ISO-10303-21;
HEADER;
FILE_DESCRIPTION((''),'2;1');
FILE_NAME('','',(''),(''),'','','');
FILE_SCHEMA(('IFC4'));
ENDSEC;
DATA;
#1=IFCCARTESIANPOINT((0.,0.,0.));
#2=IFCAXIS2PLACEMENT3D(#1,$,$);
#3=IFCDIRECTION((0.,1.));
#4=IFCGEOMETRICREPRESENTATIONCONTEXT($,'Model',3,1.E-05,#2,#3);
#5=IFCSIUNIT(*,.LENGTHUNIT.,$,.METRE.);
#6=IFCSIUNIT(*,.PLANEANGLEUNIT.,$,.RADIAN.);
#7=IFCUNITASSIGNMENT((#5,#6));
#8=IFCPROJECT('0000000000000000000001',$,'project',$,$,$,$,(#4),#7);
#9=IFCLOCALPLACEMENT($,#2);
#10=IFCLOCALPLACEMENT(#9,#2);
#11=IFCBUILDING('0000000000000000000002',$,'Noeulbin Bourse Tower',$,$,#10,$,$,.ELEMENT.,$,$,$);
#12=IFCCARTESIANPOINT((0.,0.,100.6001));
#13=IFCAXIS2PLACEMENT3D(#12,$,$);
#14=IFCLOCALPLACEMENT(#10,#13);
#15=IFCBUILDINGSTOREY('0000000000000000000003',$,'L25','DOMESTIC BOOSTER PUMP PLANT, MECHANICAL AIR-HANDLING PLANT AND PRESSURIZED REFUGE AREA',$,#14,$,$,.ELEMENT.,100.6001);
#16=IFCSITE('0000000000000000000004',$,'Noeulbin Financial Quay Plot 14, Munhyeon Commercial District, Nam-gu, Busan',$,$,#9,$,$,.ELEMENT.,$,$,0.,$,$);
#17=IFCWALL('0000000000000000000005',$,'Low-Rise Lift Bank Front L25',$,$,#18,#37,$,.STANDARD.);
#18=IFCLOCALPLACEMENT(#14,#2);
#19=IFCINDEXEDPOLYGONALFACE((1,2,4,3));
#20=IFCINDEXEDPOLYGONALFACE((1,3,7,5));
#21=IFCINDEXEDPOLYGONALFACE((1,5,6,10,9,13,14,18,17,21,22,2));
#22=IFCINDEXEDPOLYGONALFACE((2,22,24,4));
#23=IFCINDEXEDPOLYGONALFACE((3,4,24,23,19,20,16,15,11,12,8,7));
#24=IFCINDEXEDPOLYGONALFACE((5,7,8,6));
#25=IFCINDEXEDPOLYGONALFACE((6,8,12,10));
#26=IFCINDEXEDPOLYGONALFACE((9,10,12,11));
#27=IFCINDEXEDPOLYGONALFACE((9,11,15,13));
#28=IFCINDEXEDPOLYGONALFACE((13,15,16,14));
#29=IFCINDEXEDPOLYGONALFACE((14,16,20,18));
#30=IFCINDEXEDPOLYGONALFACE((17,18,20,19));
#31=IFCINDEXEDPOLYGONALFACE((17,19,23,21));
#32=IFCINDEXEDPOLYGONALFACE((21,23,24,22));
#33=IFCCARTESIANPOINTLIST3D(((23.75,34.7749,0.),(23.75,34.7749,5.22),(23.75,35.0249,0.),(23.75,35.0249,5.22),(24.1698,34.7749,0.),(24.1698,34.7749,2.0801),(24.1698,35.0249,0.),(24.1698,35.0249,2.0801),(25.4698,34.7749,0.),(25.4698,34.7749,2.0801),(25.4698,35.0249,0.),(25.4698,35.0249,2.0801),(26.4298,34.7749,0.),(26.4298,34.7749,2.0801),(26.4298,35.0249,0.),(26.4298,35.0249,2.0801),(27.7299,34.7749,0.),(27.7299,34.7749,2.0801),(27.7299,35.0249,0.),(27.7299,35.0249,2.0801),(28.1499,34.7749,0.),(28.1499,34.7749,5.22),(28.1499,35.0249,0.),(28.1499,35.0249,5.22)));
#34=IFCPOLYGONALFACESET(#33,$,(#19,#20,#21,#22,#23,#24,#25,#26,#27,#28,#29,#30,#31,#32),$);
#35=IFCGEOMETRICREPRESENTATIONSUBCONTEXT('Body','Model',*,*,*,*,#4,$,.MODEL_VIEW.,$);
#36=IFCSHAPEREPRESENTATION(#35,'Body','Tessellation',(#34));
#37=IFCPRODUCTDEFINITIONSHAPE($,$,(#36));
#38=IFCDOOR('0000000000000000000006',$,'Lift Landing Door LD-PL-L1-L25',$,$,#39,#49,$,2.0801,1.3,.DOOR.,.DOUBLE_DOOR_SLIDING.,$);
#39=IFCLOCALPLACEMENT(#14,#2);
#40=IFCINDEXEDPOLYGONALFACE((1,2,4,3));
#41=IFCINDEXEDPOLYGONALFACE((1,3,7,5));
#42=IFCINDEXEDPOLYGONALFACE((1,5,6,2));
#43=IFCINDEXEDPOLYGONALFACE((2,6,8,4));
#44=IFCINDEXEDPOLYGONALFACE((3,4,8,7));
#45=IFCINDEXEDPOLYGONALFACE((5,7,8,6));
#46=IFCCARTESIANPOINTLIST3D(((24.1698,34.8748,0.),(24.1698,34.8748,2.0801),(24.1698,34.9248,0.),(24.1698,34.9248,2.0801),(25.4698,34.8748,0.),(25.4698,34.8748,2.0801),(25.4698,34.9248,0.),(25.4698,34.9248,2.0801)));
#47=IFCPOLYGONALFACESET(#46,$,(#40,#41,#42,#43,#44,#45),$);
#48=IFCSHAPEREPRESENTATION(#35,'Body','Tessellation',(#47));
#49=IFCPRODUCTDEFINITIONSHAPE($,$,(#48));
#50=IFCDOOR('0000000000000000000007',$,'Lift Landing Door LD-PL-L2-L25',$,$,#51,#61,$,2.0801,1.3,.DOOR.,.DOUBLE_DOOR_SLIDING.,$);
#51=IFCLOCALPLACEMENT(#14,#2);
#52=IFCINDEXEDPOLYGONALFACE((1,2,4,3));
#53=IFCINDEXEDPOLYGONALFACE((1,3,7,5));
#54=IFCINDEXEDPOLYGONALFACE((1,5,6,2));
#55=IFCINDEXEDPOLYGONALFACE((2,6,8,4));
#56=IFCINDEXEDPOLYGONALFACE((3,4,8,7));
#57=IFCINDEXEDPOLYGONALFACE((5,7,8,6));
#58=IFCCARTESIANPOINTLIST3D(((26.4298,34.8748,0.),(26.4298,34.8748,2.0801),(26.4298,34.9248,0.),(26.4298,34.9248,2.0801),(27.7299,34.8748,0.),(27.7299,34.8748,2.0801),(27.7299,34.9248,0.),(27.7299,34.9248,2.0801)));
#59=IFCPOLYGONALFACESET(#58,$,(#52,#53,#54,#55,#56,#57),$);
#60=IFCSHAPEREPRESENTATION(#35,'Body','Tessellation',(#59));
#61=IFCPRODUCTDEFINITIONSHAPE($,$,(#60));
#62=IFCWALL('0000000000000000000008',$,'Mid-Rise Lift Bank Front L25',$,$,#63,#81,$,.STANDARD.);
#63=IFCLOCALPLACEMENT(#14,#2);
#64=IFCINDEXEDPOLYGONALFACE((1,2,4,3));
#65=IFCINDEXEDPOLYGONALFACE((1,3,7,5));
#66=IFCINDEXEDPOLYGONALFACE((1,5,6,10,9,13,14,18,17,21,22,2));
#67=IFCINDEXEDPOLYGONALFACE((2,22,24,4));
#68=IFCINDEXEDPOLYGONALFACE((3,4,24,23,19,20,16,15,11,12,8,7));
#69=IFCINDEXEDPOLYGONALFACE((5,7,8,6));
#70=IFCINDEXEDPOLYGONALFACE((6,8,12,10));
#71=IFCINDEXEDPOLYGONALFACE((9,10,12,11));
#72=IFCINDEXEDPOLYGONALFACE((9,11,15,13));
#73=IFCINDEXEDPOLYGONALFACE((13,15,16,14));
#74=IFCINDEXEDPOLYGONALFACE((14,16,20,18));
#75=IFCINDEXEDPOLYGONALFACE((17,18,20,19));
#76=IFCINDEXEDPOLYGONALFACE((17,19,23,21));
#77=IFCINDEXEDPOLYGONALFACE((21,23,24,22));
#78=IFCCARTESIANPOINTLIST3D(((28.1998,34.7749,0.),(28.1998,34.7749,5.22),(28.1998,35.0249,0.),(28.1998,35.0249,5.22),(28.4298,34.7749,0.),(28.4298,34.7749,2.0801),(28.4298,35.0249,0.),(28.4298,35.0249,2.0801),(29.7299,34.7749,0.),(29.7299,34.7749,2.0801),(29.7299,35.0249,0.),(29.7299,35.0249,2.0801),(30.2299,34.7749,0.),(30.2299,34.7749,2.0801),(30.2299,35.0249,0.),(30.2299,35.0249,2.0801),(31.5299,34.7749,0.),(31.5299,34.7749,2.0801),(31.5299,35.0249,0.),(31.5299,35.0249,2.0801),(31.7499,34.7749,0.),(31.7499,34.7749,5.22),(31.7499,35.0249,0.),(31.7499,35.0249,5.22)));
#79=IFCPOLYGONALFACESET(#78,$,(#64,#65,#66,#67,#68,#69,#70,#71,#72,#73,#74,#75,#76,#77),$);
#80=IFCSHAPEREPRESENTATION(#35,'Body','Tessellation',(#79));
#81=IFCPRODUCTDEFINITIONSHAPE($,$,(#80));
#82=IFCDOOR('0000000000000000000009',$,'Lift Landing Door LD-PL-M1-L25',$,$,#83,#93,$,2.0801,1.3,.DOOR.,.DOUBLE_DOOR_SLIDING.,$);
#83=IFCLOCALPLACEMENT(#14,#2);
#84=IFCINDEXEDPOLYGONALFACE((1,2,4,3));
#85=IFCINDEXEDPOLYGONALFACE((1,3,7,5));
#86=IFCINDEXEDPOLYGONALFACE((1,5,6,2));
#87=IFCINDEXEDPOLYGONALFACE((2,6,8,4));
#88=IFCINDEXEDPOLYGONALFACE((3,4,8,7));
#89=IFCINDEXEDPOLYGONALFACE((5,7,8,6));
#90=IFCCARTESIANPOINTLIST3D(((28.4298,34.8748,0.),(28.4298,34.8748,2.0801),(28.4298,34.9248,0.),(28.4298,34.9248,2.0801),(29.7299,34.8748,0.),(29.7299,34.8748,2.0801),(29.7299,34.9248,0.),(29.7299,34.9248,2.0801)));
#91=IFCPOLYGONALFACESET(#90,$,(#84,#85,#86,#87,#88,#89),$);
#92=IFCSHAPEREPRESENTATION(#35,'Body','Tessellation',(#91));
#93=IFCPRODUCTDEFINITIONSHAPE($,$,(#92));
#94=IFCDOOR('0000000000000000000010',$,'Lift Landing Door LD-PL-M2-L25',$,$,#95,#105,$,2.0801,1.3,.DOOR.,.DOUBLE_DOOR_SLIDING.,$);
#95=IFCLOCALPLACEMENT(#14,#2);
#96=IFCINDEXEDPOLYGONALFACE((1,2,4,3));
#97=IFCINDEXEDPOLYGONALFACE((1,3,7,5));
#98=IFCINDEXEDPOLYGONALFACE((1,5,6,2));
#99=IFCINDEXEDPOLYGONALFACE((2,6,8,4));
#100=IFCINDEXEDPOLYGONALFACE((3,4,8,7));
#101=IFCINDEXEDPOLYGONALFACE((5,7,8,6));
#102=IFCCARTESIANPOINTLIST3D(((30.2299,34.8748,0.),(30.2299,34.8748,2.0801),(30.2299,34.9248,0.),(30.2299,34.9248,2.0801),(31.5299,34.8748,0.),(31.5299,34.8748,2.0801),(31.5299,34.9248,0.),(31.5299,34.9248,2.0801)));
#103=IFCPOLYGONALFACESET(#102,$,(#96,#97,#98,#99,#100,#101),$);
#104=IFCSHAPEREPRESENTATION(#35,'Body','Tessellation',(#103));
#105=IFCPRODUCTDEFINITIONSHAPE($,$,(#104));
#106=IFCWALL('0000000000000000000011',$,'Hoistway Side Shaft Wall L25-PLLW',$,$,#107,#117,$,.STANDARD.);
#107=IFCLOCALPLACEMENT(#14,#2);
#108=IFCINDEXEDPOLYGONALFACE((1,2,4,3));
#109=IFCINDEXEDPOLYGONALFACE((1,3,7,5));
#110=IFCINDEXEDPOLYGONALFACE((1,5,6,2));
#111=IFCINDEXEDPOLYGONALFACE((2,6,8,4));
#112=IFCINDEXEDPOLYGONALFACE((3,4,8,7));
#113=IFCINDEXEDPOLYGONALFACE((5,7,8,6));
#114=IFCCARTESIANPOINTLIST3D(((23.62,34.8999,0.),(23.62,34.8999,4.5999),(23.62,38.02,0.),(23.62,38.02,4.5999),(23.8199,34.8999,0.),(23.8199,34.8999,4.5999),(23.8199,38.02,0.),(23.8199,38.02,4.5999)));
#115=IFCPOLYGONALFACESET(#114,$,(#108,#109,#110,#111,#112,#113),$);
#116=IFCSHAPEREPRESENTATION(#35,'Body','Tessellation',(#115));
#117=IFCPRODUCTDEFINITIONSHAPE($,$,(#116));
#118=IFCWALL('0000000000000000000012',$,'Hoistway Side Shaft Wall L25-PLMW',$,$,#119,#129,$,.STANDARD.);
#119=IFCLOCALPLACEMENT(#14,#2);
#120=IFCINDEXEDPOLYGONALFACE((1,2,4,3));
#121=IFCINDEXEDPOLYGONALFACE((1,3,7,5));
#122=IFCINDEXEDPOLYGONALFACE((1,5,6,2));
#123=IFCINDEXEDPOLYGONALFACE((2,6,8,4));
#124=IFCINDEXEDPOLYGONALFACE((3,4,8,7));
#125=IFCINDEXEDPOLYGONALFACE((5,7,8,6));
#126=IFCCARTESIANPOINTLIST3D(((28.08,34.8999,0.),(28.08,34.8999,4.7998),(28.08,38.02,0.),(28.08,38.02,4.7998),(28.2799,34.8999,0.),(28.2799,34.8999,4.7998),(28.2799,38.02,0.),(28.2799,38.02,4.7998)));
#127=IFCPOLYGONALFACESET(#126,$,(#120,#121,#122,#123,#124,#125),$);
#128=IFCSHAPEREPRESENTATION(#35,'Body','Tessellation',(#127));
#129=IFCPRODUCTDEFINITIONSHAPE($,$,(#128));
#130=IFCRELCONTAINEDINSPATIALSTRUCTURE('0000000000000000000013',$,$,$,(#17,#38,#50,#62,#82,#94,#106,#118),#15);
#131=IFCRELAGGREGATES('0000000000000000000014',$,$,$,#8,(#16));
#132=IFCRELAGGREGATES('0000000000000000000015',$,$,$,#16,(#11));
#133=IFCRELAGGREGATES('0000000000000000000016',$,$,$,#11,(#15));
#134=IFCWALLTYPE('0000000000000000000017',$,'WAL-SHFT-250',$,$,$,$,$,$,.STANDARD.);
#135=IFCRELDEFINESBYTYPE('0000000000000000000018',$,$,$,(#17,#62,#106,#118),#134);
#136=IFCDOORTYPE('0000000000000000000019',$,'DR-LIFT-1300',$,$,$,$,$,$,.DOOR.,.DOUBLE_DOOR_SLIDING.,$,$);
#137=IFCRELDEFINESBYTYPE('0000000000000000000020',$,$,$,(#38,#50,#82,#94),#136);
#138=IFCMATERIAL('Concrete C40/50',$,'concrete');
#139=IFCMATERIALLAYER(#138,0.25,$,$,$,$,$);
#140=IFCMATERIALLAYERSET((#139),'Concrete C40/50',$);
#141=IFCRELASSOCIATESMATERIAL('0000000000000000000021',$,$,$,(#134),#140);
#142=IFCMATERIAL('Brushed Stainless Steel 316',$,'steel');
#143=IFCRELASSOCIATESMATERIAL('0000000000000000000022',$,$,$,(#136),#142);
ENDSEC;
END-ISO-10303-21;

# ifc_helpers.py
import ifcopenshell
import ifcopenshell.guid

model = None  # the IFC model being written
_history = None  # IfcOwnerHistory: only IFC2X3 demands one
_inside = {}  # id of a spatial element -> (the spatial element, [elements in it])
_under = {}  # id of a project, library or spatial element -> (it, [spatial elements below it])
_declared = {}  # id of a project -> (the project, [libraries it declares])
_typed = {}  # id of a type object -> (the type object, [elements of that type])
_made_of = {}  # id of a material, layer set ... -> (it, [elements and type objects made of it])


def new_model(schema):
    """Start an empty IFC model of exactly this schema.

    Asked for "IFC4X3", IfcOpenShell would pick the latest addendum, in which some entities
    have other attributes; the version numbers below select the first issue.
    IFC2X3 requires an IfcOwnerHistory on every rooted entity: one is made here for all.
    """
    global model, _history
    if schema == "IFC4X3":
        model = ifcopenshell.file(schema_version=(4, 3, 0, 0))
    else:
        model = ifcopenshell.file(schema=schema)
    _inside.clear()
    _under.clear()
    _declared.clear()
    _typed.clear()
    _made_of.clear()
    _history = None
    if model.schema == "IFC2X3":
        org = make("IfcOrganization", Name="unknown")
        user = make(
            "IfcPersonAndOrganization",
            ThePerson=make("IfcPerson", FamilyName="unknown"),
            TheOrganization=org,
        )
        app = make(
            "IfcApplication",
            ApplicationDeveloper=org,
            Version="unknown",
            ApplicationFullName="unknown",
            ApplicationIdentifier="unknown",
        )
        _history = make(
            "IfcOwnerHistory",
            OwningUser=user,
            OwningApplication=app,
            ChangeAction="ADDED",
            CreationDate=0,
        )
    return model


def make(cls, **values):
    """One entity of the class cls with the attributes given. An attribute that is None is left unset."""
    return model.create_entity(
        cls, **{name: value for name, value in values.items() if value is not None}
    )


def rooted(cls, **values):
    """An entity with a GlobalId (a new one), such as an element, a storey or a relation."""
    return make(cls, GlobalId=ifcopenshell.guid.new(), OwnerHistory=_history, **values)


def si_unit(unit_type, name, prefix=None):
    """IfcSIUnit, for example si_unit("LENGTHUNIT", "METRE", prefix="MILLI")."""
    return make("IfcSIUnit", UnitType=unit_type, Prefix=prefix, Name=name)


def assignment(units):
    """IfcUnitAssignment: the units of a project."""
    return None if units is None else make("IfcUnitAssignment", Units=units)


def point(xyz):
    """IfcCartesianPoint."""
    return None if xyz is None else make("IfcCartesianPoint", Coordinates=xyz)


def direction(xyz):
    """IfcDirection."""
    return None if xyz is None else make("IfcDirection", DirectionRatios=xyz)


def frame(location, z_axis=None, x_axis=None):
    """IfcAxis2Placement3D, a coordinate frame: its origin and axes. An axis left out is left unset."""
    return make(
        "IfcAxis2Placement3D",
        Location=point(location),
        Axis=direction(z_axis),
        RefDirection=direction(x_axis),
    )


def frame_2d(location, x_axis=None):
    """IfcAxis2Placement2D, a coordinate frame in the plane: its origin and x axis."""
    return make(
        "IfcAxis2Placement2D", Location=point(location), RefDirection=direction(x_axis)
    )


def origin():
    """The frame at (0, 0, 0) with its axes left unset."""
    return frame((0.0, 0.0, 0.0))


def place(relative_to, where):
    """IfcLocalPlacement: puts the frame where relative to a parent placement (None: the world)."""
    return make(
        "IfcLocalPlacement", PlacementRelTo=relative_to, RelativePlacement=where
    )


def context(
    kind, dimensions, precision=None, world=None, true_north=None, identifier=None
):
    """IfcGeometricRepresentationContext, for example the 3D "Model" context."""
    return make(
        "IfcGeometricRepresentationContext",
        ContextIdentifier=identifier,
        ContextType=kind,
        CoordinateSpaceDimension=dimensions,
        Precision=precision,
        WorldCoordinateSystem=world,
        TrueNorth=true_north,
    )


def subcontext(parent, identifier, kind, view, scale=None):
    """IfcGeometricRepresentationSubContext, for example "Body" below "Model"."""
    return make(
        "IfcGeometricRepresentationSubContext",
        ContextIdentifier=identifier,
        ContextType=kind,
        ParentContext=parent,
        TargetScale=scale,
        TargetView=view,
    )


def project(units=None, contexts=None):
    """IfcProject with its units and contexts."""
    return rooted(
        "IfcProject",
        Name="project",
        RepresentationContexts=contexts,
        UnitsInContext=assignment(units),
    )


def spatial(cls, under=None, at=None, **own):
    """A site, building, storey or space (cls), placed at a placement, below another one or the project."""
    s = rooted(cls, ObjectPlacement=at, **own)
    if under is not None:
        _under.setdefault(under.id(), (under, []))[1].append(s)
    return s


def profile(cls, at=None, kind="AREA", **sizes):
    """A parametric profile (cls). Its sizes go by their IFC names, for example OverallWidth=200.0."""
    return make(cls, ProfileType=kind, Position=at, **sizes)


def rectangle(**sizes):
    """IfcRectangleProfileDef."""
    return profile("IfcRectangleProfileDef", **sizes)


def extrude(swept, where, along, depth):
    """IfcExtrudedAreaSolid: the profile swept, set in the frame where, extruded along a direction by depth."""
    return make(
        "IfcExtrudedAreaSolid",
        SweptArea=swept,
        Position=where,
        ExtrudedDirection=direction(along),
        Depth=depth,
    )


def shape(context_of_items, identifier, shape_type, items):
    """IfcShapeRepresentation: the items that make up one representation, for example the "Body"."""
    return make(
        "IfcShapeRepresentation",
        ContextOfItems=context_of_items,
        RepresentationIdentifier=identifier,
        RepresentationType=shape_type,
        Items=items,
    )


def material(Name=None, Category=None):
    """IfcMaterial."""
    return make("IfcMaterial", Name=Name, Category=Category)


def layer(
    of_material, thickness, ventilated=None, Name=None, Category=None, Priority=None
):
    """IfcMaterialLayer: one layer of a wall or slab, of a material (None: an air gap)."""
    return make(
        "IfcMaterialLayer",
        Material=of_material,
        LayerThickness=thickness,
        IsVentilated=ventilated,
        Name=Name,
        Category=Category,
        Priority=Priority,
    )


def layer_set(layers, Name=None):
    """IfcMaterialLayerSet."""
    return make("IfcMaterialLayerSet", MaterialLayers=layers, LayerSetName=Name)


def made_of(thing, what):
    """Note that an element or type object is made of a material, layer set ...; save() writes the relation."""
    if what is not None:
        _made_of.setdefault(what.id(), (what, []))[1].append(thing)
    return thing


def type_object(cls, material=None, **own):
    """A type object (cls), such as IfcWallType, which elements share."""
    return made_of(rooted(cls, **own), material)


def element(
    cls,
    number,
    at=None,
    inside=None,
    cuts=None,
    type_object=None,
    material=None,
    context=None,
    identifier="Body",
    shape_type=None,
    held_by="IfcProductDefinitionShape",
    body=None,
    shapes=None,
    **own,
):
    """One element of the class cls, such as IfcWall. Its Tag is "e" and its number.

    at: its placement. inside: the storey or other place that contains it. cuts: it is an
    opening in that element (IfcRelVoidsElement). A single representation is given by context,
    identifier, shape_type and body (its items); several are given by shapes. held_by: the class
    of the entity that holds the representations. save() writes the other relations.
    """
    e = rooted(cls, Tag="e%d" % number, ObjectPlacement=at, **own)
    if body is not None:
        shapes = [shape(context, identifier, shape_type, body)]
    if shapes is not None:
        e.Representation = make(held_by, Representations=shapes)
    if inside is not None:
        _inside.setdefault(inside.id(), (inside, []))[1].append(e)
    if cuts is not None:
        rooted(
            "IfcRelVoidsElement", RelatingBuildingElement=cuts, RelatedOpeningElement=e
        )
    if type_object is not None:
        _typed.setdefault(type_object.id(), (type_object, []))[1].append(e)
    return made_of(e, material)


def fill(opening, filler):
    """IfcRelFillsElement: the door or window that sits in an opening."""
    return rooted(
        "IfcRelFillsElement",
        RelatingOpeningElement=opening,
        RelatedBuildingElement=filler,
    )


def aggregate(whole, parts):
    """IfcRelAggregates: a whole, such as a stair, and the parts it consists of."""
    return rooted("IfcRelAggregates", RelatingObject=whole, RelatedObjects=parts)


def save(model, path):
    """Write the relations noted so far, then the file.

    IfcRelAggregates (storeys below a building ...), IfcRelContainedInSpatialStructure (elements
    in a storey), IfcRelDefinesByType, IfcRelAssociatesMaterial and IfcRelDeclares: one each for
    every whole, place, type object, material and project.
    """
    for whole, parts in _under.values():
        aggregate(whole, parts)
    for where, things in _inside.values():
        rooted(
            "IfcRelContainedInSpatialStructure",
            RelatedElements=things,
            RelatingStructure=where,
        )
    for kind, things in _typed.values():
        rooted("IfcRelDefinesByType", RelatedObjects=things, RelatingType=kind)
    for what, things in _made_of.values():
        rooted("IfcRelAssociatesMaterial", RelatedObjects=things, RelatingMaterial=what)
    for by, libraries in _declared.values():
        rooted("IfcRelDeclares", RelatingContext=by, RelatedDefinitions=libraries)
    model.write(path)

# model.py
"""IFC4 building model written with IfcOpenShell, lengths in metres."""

from ifc_helpers import new_model, si_unit, direction, frame, frame_2d, origin, place, context, subcontext, project, spatial, rectangle, extrude, material, layer, layer_set, type_object, element, fill, save


model = new_model("IFC4")

# Units and contexts
model_context = context("Model", 3, precision=1e-05, world=origin(), true_north=direction((0.0, 1.0)))
body_context = subcontext(model_context, "Body", "Model", "MODEL_VIEW")
ifc_project = project(units=[si_unit("LENGTHUNIT", "METRE"), si_unit("PLANEANGLEUNIT", "RADIAN")], contexts=[model_context])

# Site, building, storey
site_placement = place(None, origin())
site = spatial("IfcSite", under=ifc_project, at=site_placement, Name="Noeulbin Financial Quay Plot 14, Munhyeon Commercial District, Nam-gu, Busan", CompositionType="ELEMENT", RefElevation=0.0)
building_placement = place(site_placement, origin())
building = spatial("IfcBuilding", under=site, at=building_placement, Name="Noeulbin Bourse Tower", CompositionType="ELEMENT")
storey_placement = place(building_placement, frame((0.0, 0.0, 100.6001)))
storey = spatial("IfcBuildingStorey", under=building, at=storey_placement, Name="L25", Description="DOMESTIC BOOSTER PUMP PLANT, MECHANICAL AIR-HANDLING PLANT AND PRESSURIZED REFUGE AREA", CompositionType="ELEMENT", Elevation=100.6001)

# Shared definitions
ifc_material_1 = material(Name="Concrete C40/50", Category="concrete")
ifc_layer_1 = layer(ifc_material_1, 0.25)
ifc_layer_set_1 = layer_set([ifc_layer_1], Name="Concrete C40/50")
wall_type_1 = type_object("IfcWallType", Name="WAL-SHFT-250", PredefinedType="STANDARD", material=ifc_layer_set_1)

# Walls, openings, doors
wall_1_placement = place(storey_placement, frame((23.75, 34.8999, 0.0), z_axis=(0.0, 0.0, 1.0), x_axis=(1.0, 0.0, 0.0)))
wall_1 = element("IfcWall", 1, at=wall_1_placement, inside=storey, type_object=wall_type_1, Name="Low-Rise Lift Bank Front L25", PredefinedType="STANDARD", context=body_context, shape_type="SweptSolid", body=[
    extrude(rectangle(XDim=4.3999, YDim=0.25, at=frame_2d((2.2, 0.0))), origin(), (0.0, 0.0, 1.0), 5.22),
])
opening_1_placement = place(wall_1_placement, frame((0.4199, 0.0, 0.0)))
opening_1 = element("IfcOpeningElement", 2, at=opening_1_placement, cuts=wall_1, PredefinedType="OPENING", context=body_context, shape_type="SweptSolid", body=[
    extrude(rectangle(XDim=1.3, YDim=2.0801, at=frame_2d((0.6499, 1.04))), frame((0.0, 0.135, 0.0), z_axis=(0.0, -1.0, 0.0), x_axis=(1.0, 0.0, 0.0)), (0.0, 0.0, 1.0), 0.27),
])
opening_2_placement = place(wall_1_placement, frame((2.6799, 0.0, 0.0)))
opening_2 = element("IfcOpeningElement", 3, at=opening_2_placement, cuts=wall_1, PredefinedType="OPENING", context=body_context, shape_type="SweptSolid", body=[
    extrude(rectangle(XDim=1.3, YDim=2.0801, at=frame_2d((0.6499, 1.04))), frame((0.0, 0.135, 0.0), z_axis=(0.0, -1.0, 0.0), x_axis=(1.0, 0.0, 0.0)), (0.0, 0.0, 1.0), 0.27),
])
ifc_material_2 = material(Name="Brushed Stainless Steel 316", Category="steel")
door_type = type_object("IfcDoorType", Name="DR-LIFT-1300", OperationType="DOUBLE_DOOR_SLIDING", PredefinedType="DOOR", material=ifc_material_2)
door_1_placement = place(opening_1_placement, origin())
door_1 = element("IfcDoor", 4, at=door_1_placement, inside=storey, type_object=door_type, Name="Lift Landing Door LD-PL-L1-L25", OperationType="DOUBLE_DOOR_SLIDING", OverallHeight=2.0801, OverallWidth=1.3, PredefinedType="DOOR", context=body_context, shape_type="SweptSolid", body=[
    extrude(rectangle(XDim=1.3, YDim=2.0801, at=frame_2d((0.6499, 1.04))), frame((0.0, 0.0249, 0.0), z_axis=(0.0, -1.0, 0.0), x_axis=(1.0, 0.0, 0.0)), (0.0, 0.0, 1.0), 0.05),
])
fill(opening_1, door_1)
door_2_placement = place(opening_2_placement, origin())
door_2 = element("IfcDoor", 5, at=door_2_placement, inside=storey, type_object=door_type, Name="Lift Landing Door LD-PL-L2-L25", OperationType="DOUBLE_DOOR_SLIDING", OverallHeight=2.0801, OverallWidth=1.3, PredefinedType="DOOR", context=body_context, shape_type="SweptSolid", body=[
    extrude(rectangle(XDim=1.3, YDim=2.0801, at=frame_2d((0.6499, 1.04))), frame((0.0, 0.0249, 0.0), z_axis=(0.0, -1.0, 0.0), x_axis=(1.0, 0.0, 0.0)), (0.0, 0.0, 1.0), 0.05),
])
fill(opening_2, door_2)
wall_2_placement = place(storey_placement, frame((28.2, 34.8999, 0.0), z_axis=(0.0, 0.0, 1.0), x_axis=(1.0, 0.0, 0.0)))
wall_2 = element("IfcWall", 6, at=wall_2_placement, inside=storey, type_object=wall_type_1, Name="Mid-Rise Lift Bank Front L25", PredefinedType="STANDARD", context=body_context, shape_type="SweptSolid", body=[
    extrude(rectangle(XDim=3.55, YDim=0.25, at=frame_2d((1.7749, 0.0))), origin(), (0.0, 0.0, 1.0), 5.22),
])
opening_3_placement = place(wall_2_placement, frame((0.23, 0.0, 0.0)))
opening_3 = element("IfcOpeningElement", 7, at=opening_3_placement, cuts=wall_2, PredefinedType="OPENING", context=body_context, shape_type="SweptSolid", body=[
    extrude(rectangle(XDim=1.3, YDim=2.0801, at=frame_2d((0.6499, 1.04))), frame((0.0, 0.135, 0.0), z_axis=(0.0, -1.0, 0.0), x_axis=(1.0, 0.0, 0.0)), (0.0, 0.0, 1.0), 0.27),
])
opening_4_placement = place(wall_2_placement, frame((2.03, 0.0, 0.0)))
opening_4 = element("IfcOpeningElement", 8, at=opening_4_placement, cuts=wall_2, PredefinedType="OPENING", context=body_context, shape_type="SweptSolid", body=[
    extrude(rectangle(XDim=1.3, YDim=2.0801, at=frame_2d((0.6499, 1.04))), frame((0.0, 0.135, 0.0), z_axis=(0.0, -1.0, 0.0), x_axis=(1.0, 0.0, 0.0)), (0.0, 0.0, 1.0), 0.27),
])
door_3_placement = place(opening_3_placement, origin())
door_3 = element("IfcDoor", 9, at=door_3_placement, inside=storey, type_object=door_type, Name="Lift Landing Door LD-PL-M1-L25", OperationType="DOUBLE_DOOR_SLIDING", OverallHeight=2.0801, OverallWidth=1.3, PredefinedType="DOOR", context=body_context, shape_type="SweptSolid", body=[
    extrude(rectangle(XDim=1.3, YDim=2.0801, at=frame_2d((0.6499, 1.04))), frame((0.0, 0.0249, 0.0), z_axis=(0.0, -1.0, 0.0), x_axis=(1.0, 0.0, 0.0)), (0.0, 0.0, 1.0), 0.05),
])
fill(opening_3, door_3)
door_4_placement = place(opening_4_placement, origin())
door_4 = element("IfcDoor", 10, at=door_4_placement, inside=storey, type_object=door_type, Name="Lift Landing Door LD-PL-M2-L25", OperationType="DOUBLE_DOOR_SLIDING", OverallHeight=2.0801, OverallWidth=1.3, PredefinedType="DOOR", context=body_context, shape_type="SweptSolid", body=[
    extrude(rectangle(XDim=1.3, YDim=2.0801, at=frame_2d((0.6499, 1.04))), frame((0.0, 0.0249, 0.0), z_axis=(0.0, -1.0, 0.0), x_axis=(1.0, 0.0, 0.0)), (0.0, 0.0, 1.0), 0.05),
])
fill(opening_4, door_4)

# Walls
wall_3_placement = place(storey_placement, frame((23.72, 34.8999, 0.0), z_axis=(0.0, 0.0, 1.0), x_axis=(0.0, 1.0, 0.0)))
element("IfcWall", 11, at=wall_3_placement, inside=storey, type_object=wall_type_1, Name="Hoistway Side Shaft Wall L25-PLLW", PredefinedType="STANDARD", context=body_context, shape_type="SweptSolid", body=[
    extrude(rectangle(XDim=3.1201, YDim=0.2, at=frame_2d((1.5601, 0.0))), origin(), (0.0, 0.0, 1.0), 4.5999),
])
wall_4_placement = place(storey_placement, frame((28.1799, 34.8999, 0.0), z_axis=(0.0, 0.0, 1.0), x_axis=(0.0, 1.0, 0.0)))
element("IfcWall", 12, at=wall_4_placement, inside=storey, type_object=wall_type_1, Name="Hoistway Side Shaft Wall L25-PLMW", PredefinedType="STANDARD", context=body_context, shape_type="SweptSolid", body=[
    extrude(rectangle(XDim=3.1201, YDim=0.2, at=frame_2d((1.5601, 0.0))), origin(), (0.0, 0.0, 1.0), 4.7998),
])

save(model, "model.ifc")
